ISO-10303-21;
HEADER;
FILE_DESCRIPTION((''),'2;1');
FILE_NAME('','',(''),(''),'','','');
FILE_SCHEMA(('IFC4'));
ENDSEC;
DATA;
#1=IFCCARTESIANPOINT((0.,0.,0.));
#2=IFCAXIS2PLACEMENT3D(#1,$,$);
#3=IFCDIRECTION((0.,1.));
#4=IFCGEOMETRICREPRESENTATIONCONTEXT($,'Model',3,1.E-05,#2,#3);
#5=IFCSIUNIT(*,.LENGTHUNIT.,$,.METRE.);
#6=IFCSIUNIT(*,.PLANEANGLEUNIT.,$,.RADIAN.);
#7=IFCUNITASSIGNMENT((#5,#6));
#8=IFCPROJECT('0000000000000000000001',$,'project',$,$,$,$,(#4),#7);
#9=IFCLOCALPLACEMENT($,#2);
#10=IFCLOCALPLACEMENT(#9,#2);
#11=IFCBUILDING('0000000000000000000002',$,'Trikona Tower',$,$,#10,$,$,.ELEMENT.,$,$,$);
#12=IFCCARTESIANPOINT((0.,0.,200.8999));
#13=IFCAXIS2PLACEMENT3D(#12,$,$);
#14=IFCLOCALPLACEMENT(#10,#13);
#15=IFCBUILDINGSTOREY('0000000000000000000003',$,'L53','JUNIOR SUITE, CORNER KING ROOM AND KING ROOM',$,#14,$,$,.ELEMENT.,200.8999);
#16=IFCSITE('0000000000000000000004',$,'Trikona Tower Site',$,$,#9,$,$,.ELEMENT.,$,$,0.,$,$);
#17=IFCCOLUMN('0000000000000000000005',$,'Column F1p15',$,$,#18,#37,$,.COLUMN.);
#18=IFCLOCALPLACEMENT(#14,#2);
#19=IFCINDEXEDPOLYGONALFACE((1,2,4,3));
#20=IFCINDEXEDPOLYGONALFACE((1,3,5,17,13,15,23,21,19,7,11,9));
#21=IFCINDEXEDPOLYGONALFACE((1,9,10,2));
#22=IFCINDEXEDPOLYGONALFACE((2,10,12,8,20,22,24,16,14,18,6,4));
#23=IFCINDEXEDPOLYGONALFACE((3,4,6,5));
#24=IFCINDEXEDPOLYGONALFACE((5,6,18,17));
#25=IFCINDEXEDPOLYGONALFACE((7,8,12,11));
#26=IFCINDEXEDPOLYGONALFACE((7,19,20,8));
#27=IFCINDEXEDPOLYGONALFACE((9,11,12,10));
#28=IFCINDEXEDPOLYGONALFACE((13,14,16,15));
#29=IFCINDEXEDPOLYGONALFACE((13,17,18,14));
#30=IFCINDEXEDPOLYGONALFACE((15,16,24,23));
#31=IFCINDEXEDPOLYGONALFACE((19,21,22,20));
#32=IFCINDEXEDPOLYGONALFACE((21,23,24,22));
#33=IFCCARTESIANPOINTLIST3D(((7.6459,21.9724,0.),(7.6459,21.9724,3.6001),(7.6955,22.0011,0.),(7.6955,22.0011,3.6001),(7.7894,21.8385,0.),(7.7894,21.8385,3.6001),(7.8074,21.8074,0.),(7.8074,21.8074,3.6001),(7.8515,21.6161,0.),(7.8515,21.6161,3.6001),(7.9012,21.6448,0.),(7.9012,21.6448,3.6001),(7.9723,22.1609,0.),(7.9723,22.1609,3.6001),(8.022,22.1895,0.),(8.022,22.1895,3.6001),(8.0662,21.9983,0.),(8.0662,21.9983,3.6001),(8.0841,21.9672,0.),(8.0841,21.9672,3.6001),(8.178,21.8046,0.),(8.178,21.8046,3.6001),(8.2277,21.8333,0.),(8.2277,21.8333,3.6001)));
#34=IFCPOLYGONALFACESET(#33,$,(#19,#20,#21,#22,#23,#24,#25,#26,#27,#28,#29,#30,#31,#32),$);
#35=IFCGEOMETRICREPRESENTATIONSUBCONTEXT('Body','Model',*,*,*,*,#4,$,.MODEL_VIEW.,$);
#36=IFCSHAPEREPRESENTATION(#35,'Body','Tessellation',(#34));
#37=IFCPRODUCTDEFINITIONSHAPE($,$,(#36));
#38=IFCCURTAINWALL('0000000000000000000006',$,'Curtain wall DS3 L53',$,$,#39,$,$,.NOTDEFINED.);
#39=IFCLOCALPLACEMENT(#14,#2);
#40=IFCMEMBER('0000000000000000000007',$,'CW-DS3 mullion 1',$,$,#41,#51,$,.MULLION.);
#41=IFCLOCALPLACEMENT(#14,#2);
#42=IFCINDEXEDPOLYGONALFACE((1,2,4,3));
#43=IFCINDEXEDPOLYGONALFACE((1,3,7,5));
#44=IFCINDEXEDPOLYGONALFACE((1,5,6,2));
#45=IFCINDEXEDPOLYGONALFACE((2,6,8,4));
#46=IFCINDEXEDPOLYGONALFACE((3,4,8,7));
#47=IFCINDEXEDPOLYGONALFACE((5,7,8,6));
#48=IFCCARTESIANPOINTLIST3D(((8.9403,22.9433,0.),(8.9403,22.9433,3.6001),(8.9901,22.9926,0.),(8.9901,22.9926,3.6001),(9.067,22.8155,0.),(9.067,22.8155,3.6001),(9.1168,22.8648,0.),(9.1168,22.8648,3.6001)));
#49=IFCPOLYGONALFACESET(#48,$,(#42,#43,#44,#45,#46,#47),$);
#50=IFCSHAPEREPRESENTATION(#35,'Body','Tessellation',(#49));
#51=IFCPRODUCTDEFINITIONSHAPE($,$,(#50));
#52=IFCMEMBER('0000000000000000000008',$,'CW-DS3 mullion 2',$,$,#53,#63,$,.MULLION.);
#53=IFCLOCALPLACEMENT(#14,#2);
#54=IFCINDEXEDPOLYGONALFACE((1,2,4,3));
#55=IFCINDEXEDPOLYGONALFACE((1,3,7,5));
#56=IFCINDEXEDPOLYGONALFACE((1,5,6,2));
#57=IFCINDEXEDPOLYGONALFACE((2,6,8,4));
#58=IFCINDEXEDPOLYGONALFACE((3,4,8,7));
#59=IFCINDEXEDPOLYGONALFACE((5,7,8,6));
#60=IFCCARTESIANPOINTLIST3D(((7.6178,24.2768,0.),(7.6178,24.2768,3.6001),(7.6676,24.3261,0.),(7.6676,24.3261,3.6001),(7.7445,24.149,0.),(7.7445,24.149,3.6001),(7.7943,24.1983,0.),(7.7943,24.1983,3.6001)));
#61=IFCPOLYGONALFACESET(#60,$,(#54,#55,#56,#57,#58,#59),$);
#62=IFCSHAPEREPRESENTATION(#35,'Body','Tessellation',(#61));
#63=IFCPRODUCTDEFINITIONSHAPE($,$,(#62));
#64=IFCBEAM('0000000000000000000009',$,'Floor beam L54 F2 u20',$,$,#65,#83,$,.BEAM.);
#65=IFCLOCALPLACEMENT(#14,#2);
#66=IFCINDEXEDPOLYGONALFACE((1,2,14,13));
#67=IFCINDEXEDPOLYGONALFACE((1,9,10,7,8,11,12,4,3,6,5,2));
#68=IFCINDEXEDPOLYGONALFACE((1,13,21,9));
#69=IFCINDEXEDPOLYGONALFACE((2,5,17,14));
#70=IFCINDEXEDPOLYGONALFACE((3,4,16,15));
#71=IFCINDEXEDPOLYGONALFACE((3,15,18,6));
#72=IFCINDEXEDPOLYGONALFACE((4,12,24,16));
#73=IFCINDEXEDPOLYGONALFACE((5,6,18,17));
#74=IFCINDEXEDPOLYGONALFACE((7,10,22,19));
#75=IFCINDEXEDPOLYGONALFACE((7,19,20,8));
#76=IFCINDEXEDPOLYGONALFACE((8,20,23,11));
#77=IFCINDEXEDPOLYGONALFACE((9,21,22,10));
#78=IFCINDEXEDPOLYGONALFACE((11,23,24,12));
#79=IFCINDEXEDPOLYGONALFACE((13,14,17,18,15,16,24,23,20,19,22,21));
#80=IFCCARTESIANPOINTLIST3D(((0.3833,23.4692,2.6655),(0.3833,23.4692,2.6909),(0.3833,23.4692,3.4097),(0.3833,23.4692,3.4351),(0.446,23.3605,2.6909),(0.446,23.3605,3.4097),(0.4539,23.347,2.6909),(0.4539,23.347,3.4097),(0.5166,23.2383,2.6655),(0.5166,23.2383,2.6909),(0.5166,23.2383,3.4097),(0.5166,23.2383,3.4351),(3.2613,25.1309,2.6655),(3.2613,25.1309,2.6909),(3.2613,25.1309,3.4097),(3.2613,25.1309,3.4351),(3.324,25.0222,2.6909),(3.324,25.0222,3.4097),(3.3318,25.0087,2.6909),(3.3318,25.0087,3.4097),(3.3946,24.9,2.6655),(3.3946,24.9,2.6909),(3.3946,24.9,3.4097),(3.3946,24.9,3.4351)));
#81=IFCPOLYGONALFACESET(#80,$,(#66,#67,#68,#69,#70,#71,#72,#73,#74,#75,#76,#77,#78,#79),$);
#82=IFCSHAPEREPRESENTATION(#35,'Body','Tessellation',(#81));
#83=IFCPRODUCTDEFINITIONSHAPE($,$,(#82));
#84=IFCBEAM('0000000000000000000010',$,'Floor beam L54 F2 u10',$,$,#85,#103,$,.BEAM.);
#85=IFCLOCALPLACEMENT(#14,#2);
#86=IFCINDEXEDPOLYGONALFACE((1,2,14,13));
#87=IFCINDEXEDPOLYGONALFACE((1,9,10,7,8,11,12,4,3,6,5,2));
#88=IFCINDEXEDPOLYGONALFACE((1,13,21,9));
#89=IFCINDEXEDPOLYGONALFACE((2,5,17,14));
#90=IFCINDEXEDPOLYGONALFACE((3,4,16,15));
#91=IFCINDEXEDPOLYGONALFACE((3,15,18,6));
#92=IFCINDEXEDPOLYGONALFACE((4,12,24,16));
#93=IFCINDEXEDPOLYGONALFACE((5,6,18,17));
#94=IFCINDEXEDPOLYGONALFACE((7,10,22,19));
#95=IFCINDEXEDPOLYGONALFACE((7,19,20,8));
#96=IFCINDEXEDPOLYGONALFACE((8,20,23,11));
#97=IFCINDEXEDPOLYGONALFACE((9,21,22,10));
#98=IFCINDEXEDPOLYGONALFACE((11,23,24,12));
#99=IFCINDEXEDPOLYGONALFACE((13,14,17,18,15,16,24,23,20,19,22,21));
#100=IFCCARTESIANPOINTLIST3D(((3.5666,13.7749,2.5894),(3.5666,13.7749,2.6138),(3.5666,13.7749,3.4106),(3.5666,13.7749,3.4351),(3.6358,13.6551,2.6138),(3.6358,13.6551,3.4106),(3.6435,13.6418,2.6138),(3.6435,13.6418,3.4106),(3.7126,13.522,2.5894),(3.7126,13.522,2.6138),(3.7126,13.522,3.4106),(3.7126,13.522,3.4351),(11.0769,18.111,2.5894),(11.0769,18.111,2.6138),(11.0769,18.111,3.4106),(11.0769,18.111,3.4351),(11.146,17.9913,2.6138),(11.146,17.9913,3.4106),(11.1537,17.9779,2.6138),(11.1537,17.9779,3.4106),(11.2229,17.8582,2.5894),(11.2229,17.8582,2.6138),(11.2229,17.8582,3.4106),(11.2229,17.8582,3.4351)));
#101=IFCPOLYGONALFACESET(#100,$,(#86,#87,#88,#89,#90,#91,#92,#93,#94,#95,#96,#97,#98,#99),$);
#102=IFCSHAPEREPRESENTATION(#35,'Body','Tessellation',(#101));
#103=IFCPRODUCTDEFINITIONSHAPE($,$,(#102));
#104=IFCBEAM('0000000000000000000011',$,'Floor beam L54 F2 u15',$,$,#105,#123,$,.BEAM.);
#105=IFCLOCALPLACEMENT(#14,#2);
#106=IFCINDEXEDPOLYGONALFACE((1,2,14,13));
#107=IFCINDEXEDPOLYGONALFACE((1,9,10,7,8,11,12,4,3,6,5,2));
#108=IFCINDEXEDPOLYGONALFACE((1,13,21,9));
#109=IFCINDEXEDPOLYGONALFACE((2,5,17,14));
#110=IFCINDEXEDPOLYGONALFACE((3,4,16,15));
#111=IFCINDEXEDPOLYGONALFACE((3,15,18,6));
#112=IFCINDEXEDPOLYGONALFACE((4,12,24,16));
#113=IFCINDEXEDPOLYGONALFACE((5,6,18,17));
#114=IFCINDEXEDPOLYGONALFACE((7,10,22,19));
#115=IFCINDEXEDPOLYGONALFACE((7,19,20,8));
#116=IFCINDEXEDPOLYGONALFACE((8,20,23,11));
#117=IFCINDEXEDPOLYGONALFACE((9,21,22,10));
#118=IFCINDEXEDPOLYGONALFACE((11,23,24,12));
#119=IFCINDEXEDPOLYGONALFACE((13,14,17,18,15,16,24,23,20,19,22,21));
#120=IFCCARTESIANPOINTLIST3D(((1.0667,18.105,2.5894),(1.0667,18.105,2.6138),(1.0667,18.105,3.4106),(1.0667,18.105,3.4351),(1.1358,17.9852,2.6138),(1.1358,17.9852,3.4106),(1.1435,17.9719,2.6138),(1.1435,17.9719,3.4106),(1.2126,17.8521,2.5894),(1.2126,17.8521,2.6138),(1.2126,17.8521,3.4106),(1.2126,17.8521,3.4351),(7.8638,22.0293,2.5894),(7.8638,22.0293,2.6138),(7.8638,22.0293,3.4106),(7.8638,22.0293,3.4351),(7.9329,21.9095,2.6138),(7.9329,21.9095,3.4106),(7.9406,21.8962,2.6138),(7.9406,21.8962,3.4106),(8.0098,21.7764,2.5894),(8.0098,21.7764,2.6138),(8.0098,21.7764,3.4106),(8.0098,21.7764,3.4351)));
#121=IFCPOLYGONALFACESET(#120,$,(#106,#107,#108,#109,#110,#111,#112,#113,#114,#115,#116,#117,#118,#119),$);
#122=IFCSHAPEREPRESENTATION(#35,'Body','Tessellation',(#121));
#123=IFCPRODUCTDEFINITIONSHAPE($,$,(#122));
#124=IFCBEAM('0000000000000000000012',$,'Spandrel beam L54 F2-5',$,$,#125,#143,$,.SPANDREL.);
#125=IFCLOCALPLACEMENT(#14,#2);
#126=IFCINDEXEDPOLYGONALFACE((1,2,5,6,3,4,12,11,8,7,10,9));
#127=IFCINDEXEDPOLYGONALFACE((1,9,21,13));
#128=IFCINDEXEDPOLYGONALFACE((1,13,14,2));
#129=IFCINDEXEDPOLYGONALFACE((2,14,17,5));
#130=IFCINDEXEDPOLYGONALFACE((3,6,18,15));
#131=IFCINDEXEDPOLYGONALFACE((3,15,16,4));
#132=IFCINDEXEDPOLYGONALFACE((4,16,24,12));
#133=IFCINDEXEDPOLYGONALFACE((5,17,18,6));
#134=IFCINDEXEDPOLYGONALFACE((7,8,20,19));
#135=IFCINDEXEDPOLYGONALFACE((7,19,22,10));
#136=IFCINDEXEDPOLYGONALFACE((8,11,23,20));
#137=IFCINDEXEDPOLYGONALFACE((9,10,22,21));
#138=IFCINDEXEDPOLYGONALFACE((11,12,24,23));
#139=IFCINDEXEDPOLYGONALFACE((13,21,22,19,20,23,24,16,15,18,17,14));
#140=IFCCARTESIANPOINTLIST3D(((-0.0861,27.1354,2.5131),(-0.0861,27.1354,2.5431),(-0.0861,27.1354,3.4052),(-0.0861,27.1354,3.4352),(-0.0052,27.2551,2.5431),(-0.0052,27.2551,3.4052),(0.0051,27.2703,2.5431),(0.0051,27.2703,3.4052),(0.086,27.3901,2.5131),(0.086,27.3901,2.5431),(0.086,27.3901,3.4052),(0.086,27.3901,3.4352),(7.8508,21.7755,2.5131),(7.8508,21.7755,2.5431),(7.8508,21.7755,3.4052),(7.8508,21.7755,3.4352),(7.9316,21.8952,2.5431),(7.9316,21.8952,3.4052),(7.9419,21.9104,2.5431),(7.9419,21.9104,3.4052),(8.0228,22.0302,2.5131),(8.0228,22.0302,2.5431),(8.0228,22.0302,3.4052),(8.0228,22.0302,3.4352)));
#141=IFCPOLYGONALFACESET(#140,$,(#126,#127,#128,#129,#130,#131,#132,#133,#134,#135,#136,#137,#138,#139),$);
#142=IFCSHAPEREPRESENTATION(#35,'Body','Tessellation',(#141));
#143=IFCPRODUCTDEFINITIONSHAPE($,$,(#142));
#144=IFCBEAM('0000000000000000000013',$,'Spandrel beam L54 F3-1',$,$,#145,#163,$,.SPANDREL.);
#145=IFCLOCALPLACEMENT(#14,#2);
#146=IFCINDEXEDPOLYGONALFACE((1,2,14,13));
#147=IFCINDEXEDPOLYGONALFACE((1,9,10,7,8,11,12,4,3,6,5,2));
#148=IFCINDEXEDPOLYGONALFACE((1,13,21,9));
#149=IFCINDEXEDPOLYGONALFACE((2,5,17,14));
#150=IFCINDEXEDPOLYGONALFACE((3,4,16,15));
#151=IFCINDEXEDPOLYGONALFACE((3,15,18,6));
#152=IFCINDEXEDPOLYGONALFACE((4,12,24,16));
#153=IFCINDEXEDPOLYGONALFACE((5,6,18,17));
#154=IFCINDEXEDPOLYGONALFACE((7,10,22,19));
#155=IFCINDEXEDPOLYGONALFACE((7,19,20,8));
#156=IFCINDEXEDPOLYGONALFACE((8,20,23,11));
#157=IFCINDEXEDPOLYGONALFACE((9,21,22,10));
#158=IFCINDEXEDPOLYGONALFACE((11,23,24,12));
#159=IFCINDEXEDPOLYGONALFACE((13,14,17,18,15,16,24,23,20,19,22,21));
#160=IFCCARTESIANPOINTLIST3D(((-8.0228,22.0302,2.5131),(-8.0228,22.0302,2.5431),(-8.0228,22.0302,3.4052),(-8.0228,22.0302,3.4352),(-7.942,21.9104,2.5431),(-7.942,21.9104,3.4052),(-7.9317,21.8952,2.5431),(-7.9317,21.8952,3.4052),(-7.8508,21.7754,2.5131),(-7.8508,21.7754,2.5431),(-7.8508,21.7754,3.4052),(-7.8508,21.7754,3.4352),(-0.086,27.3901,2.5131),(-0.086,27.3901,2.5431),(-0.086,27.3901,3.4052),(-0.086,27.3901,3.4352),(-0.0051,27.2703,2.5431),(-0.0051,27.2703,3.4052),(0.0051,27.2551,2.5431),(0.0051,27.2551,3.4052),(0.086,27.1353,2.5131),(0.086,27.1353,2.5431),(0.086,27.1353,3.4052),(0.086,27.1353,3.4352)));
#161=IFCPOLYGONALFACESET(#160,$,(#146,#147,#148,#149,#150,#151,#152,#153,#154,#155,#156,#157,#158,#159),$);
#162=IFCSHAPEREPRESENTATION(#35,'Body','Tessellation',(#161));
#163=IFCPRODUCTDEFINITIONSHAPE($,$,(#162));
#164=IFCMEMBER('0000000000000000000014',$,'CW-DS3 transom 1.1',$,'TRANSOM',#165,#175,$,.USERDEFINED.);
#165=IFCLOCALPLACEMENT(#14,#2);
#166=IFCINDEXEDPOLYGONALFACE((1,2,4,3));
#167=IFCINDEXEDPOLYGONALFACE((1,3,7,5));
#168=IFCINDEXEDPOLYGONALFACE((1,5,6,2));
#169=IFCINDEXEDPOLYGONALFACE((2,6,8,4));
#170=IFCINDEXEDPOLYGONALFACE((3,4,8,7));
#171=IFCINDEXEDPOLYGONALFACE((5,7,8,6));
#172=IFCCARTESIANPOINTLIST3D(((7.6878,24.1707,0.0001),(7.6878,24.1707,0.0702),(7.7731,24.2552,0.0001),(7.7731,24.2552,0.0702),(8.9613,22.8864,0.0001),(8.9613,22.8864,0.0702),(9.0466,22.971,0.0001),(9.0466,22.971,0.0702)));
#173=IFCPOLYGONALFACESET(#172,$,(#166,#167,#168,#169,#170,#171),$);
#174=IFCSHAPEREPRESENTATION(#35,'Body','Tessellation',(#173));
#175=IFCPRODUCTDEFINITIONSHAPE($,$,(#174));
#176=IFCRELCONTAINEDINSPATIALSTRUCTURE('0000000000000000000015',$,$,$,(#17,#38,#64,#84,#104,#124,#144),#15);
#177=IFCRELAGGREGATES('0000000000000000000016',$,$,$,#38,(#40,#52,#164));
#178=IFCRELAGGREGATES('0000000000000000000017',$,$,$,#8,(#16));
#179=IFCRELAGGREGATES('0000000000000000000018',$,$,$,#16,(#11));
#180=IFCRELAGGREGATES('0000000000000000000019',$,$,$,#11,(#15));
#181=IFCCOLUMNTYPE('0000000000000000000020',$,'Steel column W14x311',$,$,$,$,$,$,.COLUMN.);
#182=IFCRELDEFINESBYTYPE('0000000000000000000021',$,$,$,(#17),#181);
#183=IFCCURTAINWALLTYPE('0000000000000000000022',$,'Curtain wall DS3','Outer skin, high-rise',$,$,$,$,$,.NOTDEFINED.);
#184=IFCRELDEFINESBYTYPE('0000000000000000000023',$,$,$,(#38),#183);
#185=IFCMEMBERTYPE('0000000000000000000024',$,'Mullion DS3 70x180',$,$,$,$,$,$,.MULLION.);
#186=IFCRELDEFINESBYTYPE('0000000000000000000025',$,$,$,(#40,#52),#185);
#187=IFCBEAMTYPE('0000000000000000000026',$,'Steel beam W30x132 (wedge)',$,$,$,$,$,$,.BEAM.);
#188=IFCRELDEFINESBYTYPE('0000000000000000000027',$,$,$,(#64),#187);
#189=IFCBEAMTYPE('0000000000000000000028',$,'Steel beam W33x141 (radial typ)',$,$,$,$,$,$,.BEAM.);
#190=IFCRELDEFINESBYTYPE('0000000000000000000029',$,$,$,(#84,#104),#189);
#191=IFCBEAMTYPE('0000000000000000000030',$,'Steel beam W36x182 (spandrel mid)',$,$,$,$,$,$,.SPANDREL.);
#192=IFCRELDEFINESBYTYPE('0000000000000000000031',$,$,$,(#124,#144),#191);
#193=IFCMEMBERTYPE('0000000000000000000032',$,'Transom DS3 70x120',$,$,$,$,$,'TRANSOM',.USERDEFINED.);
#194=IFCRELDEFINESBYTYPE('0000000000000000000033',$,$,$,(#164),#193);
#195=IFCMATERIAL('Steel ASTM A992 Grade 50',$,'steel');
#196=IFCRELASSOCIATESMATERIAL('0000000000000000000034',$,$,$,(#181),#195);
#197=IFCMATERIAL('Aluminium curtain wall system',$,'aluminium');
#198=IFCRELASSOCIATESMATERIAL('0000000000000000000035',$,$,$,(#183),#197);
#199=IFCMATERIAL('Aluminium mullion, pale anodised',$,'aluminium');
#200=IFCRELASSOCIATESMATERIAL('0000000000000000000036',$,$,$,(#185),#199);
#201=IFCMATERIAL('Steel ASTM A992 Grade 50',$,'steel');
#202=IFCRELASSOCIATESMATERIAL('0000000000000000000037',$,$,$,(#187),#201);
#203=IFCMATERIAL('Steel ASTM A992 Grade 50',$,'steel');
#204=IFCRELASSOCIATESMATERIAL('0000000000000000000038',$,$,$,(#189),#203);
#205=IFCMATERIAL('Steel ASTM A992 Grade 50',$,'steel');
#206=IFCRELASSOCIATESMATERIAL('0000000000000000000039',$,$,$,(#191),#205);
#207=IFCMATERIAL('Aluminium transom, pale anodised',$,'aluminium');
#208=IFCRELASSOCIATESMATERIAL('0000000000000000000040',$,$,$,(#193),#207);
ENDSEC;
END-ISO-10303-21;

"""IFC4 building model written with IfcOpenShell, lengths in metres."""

from ifc_helpers import new_model, si_unit, direction, frame, origin, origin_2d, place, context, subcontext, project, spatial, rectangle, i_section, extrude, material, material_profile, profile_set, type_object, element, aggregate, save


model = new_model("IFC4")

# Units and contexts
model_context = context("Model", 3, precision=1e-05, world=origin(), true_north=direction((0.0, 1.0)))
body_context = subcontext(model_context, "Body", "Model", "MODEL_VIEW")
ifc_project = project(units=[si_unit("LENGTHUNIT", "METRE"), si_unit("PLANEANGLEUNIT", "RADIAN")], contexts=[model_context])

# Site, building, storey
site_placement = place(None, origin())
site = spatial("IfcSite", under=ifc_project, at=site_placement, Name="Trikona Tower Site", CompositionType="ELEMENT", RefElevation=0.0)
building_placement = place(site_placement, origin())
building = spatial("IfcBuilding", under=site, at=building_placement, Name="Trikona Tower", CompositionType="ELEMENT")
storey_placement = place(building_placement, frame((0.0, 0.0, 200.8999)))
storey = spatial("IfcBuildingStorey", under=building, at=storey_placement, Name="L53", Description="JUNIOR SUITE, CORNER KING ROOM AND KING ROOM", CompositionType="ELEMENT", Elevation=200.8999)

# Column
ifc_material_1 = material(Name="Steel ASTM A992 Grade 50", Category="steel")
ifc_material_profile_1 = material_profile(ifc_material_1, i_section(OverallWidth=0.4114, OverallDepth=0.4343, WebThickness=0.0359, FlangeThickness=0.0574, at=origin_2d()), Name="W14X311")
ifc_profile_set_1 = profile_set([ifc_material_profile_1], Name="Steel ASTM A992 Grade 50")
column_type = type_object("IfcColumnType", Name="Steel column W14x311", PredefinedType="COLUMN", material=ifc_profile_set_1)
column_placement = place(storey_placement, frame((7.9368, 21.9028, 0.0), z_axis=(0.0, 0.0, 1.0), x_axis=(-0.5, 0.866025, 0.0)))
element("IfcColumn", 1, at=column_placement, inside=storey, type_object=column_type, Name="Column F1p15", PredefinedType="COLUMN", context=body_context, shape_type="SweptSolid", body=[
    extrude(i_section(OverallWidth=0.4114, OverallDepth=0.4343, WebThickness=0.0359, FlangeThickness=0.0574, at=origin_2d()), origin(), (0.0, 0.0, 1.0), 3.6001),
])

# Curtain wall, members
ifc_material_2 = material(Name="Aluminium curtain wall system", Category="aluminium")
curtain_wall_type = type_object("IfcCurtainWallType", Name="Curtain wall DS3", Description="Outer skin, high-rise", PredefinedType="NOTDEFINED", material=ifc_material_2)
curtain_wall_placement = place(storey_placement, origin())
curtain_wall = element("IfcCurtainWall", 2, at=curtain_wall_placement, inside=storey, type_object=curtain_wall_type, Name="Curtain wall DS3 L53", PredefinedType="NOTDEFINED")
ifc_material_3 = material(Name="Aluminium mullion, pale anodised", Category="aluminium")
ifc_material_profile_2 = material_profile(ifc_material_3, rectangle(XDim=0.0701, YDim=0.1799, at=origin_2d()), Name="MUL-DS3")
ifc_profile_set_2 = profile_set([ifc_material_profile_2], Name="Aluminium mullion, pale anodised")
member_type_1 = type_object("IfcMemberType", Name="Mullion DS3 70x180", PredefinedType="MULLION", material=ifc_profile_set_2)
member_1_placement = place(storey_placement, frame((9.0286, 22.9041, 0.0), z_axis=(0.0, 0.0, 1.0), x_axis=(-0.710052, -0.704149, 0.0)))
member_1 = element("IfcMember", 3, at=member_1_placement, type_object=member_type_1, Name="CW-DS3 mullion 1", PredefinedType="MULLION", context=body_context, shape_type="SweptSolid", body=[
    extrude(rectangle(XDim=0.0701, YDim=0.1799, at=origin_2d()), origin(), (0.0, 0.0, 1.0), 3.6001),
])
member_2_placement = place(storey_placement, frame((7.7061, 24.2375, 0.0), z_axis=(0.0, 0.0, 1.0), x_axis=(-0.710052, -0.704149, 0.0)))
member_2 = element("IfcMember", 4, at=member_2_placement, type_object=member_type_1, Name="CW-DS3 mullion 2", PredefinedType="MULLION", context=body_context, shape_type="SweptSolid", body=[
    extrude(rectangle(XDim=0.0701, YDim=0.1799, at=origin_2d()), origin(), (0.0, 0.0, 1.0), 3.6001),
])

# Beams
ifc_material_4 = material(Name="Steel ASTM A992 Grade 50", Category="steel")
ifc_material_profile_3 = material_profile(ifc_material_4, i_section(OverallWidth=0.2666, OverallDepth=0.7695, WebThickness=0.0156, FlangeThickness=0.0254, at=origin_2d()), Name="W30X132")
ifc_profile_set_3 = profile_set([ifc_material_profile_3], Name="Steel ASTM A992 Grade 50")
beam_type_1 = type_object("IfcBeamType", Name="Steel beam W30x132 (wedge)", PredefinedType="BEAM", material=ifc_profile_set_3)
beam_1_placement = place(storey_placement, frame((0.45, 23.3538, 3.0503), z_axis=(0.866019, 0.500011, 0.0), x_axis=(-0.500011, 0.866019, 0.0)))
element("IfcBeam", 5, at=beam_1_placement, inside=storey, type_object=beam_type_1, Name="Floor beam L54 F2 u20", PredefinedType="BEAM", context=body_context, shape_type="SweptSolid", body=[
    extrude(i_section(OverallWidth=0.2666, OverallDepth=0.7695, WebThickness=0.0156, FlangeThickness=0.0254, at=origin_2d()), origin(), (0.0, 0.0, 1.0), 3.3232),
])
ifc_material_5 = material(Name="Steel ASTM A992 Grade 50", Category="steel")
ifc_material_profile_4 = material_profile(ifc_material_5, i_section(OverallWidth=0.292, OverallDepth=0.8457, WebThickness=0.0154, FlangeThickness=0.0244, at=origin_2d()), Name="W33X141")
ifc_profile_set_4 = profile_set([ifc_material_profile_4], Name="Steel ASTM A992 Grade 50")
beam_type_2 = type_object("IfcBeamType", Name="Steel beam W33x141 (radial typ)", PredefinedType="BEAM", material=ifc_profile_set_4)
beam_2_placement = place(storey_placement, frame((3.6396, 13.6484, 3.0122), z_axis=(0.866019, 0.500012, 0.0), x_axis=(-0.500012, 0.866019, 0.0)))
element("IfcBeam", 6, at=beam_2_placement, inside=storey, type_object=beam_type_2, Name="Floor beam L54 F2 u10", PredefinedType="BEAM", context=body_context, shape_type="SweptSolid", body=[
    extrude(i_section(OverallWidth=0.292, OverallDepth=0.8457, WebThickness=0.0154, FlangeThickness=0.0244, at=origin_2d()), origin(), (0.0, 0.0, 1.0), 8.6721),
])
beam_3_placement = place(storey_placement, frame((1.1396, 17.9785, 3.0122), z_axis=(0.866026, 0.5, 0.0), x_axis=(-0.5, 0.866026, 0.0)))
element("IfcBeam", 7, at=beam_3_placement, inside=storey, type_object=beam_type_2, Name="Floor beam L54 F2 u15", PredefinedType="BEAM", context=body_context, shape_type="SweptSolid", body=[
    extrude(i_section(OverallWidth=0.292, OverallDepth=0.8457, WebThickness=0.0154, FlangeThickness=0.0244, at=origin_2d()), origin(), (0.0, 0.0, 1.0), 7.8486),
])
ifc_material_6 = material(Name="Steel ASTM A992 Grade 50", Category="steel")
ifc_material_profile_5 = material_profile(ifc_material_6, i_section(OverallWidth=0.3074, OverallDepth=0.9221, WebThickness=0.0183, FlangeThickness=0.03, at=origin_2d()), Name="W36X182")
ifc_profile_set_5 = profile_set([ifc_material_profile_5], Name="Steel ASTM A992 Grade 50")
beam_type_3 = type_object("IfcBeamType", Name="Steel beam W36x182 (spandrel mid)", PredefinedType="SPANDREL", material=ifc_profile_set_5)
for number, where, z_axis, x_axis, name in (
    (8, (7.9368, 21.9028, 2.9741), (-0.828725, 0.559655, 0.0), (-0.559655, -0.828725, 0.0), "Spandrel beam L54 F2-5"),
    (9, (0.0, 27.2627, 2.9741), (-0.828725, -0.559655, 0.0), (0.559655, -0.828725, 0.0), "Spandrel beam L54 F3-1"),
):
    element("IfcBeam", number, at=place(storey_placement, frame(where, z_axis=z_axis, x_axis=x_axis)), inside=storey, type_object=beam_type_3, Name=name, PredefinedType="SPANDREL", context=body_context, shape_type="SweptSolid", body=[
        extrude(i_section(OverallWidth=0.3074, OverallDepth=0.9221, WebThickness=0.0183, FlangeThickness=0.03, at=origin_2d()), origin(), (0.0, 0.0, 1.0), 9.5771),
    ])

# Member
ifc_material_7 = material(Name="Aluminium transom, pale anodised", Category="aluminium")
ifc_material_profile_6 = material_profile(ifc_material_7, rectangle(XDim=0.1201, YDim=0.0701, at=origin_2d()), Name="TRN-DS3")
ifc_profile_set_6 = profile_set([ifc_material_profile_6], Name="Aluminium transom, pale anodised")
member_type_2 = type_object("IfcMemberType", Name="Transom DS3 70x120", ElementType="TRANSOM", PredefinedType="USERDEFINED", material=ifc_profile_set_6)
member_3_placement = place(storey_placement, frame((9.0039, 22.9287, 0.0352), z_axis=(-0.704131, 0.71007, 0.0), x_axis=(-0.71007, -0.704131, 0.0)))
member_3 = element("IfcMember", 10, at=member_3_placement, type_object=member_type_2, Name="CW-DS3 transom 1.1", ObjectType="TRANSOM", PredefinedType="USERDEFINED", context=body_context, shape_type="SweptSolid", body=[
    extrude(rectangle(XDim=0.1201, YDim=0.0701, at=origin_2d()), origin(), (0.0, 0.0, 1.0), 1.8086),
])

aggregate(curtain_wall, [member_1, member_2, member_3])

save(model, "model.ifc")
